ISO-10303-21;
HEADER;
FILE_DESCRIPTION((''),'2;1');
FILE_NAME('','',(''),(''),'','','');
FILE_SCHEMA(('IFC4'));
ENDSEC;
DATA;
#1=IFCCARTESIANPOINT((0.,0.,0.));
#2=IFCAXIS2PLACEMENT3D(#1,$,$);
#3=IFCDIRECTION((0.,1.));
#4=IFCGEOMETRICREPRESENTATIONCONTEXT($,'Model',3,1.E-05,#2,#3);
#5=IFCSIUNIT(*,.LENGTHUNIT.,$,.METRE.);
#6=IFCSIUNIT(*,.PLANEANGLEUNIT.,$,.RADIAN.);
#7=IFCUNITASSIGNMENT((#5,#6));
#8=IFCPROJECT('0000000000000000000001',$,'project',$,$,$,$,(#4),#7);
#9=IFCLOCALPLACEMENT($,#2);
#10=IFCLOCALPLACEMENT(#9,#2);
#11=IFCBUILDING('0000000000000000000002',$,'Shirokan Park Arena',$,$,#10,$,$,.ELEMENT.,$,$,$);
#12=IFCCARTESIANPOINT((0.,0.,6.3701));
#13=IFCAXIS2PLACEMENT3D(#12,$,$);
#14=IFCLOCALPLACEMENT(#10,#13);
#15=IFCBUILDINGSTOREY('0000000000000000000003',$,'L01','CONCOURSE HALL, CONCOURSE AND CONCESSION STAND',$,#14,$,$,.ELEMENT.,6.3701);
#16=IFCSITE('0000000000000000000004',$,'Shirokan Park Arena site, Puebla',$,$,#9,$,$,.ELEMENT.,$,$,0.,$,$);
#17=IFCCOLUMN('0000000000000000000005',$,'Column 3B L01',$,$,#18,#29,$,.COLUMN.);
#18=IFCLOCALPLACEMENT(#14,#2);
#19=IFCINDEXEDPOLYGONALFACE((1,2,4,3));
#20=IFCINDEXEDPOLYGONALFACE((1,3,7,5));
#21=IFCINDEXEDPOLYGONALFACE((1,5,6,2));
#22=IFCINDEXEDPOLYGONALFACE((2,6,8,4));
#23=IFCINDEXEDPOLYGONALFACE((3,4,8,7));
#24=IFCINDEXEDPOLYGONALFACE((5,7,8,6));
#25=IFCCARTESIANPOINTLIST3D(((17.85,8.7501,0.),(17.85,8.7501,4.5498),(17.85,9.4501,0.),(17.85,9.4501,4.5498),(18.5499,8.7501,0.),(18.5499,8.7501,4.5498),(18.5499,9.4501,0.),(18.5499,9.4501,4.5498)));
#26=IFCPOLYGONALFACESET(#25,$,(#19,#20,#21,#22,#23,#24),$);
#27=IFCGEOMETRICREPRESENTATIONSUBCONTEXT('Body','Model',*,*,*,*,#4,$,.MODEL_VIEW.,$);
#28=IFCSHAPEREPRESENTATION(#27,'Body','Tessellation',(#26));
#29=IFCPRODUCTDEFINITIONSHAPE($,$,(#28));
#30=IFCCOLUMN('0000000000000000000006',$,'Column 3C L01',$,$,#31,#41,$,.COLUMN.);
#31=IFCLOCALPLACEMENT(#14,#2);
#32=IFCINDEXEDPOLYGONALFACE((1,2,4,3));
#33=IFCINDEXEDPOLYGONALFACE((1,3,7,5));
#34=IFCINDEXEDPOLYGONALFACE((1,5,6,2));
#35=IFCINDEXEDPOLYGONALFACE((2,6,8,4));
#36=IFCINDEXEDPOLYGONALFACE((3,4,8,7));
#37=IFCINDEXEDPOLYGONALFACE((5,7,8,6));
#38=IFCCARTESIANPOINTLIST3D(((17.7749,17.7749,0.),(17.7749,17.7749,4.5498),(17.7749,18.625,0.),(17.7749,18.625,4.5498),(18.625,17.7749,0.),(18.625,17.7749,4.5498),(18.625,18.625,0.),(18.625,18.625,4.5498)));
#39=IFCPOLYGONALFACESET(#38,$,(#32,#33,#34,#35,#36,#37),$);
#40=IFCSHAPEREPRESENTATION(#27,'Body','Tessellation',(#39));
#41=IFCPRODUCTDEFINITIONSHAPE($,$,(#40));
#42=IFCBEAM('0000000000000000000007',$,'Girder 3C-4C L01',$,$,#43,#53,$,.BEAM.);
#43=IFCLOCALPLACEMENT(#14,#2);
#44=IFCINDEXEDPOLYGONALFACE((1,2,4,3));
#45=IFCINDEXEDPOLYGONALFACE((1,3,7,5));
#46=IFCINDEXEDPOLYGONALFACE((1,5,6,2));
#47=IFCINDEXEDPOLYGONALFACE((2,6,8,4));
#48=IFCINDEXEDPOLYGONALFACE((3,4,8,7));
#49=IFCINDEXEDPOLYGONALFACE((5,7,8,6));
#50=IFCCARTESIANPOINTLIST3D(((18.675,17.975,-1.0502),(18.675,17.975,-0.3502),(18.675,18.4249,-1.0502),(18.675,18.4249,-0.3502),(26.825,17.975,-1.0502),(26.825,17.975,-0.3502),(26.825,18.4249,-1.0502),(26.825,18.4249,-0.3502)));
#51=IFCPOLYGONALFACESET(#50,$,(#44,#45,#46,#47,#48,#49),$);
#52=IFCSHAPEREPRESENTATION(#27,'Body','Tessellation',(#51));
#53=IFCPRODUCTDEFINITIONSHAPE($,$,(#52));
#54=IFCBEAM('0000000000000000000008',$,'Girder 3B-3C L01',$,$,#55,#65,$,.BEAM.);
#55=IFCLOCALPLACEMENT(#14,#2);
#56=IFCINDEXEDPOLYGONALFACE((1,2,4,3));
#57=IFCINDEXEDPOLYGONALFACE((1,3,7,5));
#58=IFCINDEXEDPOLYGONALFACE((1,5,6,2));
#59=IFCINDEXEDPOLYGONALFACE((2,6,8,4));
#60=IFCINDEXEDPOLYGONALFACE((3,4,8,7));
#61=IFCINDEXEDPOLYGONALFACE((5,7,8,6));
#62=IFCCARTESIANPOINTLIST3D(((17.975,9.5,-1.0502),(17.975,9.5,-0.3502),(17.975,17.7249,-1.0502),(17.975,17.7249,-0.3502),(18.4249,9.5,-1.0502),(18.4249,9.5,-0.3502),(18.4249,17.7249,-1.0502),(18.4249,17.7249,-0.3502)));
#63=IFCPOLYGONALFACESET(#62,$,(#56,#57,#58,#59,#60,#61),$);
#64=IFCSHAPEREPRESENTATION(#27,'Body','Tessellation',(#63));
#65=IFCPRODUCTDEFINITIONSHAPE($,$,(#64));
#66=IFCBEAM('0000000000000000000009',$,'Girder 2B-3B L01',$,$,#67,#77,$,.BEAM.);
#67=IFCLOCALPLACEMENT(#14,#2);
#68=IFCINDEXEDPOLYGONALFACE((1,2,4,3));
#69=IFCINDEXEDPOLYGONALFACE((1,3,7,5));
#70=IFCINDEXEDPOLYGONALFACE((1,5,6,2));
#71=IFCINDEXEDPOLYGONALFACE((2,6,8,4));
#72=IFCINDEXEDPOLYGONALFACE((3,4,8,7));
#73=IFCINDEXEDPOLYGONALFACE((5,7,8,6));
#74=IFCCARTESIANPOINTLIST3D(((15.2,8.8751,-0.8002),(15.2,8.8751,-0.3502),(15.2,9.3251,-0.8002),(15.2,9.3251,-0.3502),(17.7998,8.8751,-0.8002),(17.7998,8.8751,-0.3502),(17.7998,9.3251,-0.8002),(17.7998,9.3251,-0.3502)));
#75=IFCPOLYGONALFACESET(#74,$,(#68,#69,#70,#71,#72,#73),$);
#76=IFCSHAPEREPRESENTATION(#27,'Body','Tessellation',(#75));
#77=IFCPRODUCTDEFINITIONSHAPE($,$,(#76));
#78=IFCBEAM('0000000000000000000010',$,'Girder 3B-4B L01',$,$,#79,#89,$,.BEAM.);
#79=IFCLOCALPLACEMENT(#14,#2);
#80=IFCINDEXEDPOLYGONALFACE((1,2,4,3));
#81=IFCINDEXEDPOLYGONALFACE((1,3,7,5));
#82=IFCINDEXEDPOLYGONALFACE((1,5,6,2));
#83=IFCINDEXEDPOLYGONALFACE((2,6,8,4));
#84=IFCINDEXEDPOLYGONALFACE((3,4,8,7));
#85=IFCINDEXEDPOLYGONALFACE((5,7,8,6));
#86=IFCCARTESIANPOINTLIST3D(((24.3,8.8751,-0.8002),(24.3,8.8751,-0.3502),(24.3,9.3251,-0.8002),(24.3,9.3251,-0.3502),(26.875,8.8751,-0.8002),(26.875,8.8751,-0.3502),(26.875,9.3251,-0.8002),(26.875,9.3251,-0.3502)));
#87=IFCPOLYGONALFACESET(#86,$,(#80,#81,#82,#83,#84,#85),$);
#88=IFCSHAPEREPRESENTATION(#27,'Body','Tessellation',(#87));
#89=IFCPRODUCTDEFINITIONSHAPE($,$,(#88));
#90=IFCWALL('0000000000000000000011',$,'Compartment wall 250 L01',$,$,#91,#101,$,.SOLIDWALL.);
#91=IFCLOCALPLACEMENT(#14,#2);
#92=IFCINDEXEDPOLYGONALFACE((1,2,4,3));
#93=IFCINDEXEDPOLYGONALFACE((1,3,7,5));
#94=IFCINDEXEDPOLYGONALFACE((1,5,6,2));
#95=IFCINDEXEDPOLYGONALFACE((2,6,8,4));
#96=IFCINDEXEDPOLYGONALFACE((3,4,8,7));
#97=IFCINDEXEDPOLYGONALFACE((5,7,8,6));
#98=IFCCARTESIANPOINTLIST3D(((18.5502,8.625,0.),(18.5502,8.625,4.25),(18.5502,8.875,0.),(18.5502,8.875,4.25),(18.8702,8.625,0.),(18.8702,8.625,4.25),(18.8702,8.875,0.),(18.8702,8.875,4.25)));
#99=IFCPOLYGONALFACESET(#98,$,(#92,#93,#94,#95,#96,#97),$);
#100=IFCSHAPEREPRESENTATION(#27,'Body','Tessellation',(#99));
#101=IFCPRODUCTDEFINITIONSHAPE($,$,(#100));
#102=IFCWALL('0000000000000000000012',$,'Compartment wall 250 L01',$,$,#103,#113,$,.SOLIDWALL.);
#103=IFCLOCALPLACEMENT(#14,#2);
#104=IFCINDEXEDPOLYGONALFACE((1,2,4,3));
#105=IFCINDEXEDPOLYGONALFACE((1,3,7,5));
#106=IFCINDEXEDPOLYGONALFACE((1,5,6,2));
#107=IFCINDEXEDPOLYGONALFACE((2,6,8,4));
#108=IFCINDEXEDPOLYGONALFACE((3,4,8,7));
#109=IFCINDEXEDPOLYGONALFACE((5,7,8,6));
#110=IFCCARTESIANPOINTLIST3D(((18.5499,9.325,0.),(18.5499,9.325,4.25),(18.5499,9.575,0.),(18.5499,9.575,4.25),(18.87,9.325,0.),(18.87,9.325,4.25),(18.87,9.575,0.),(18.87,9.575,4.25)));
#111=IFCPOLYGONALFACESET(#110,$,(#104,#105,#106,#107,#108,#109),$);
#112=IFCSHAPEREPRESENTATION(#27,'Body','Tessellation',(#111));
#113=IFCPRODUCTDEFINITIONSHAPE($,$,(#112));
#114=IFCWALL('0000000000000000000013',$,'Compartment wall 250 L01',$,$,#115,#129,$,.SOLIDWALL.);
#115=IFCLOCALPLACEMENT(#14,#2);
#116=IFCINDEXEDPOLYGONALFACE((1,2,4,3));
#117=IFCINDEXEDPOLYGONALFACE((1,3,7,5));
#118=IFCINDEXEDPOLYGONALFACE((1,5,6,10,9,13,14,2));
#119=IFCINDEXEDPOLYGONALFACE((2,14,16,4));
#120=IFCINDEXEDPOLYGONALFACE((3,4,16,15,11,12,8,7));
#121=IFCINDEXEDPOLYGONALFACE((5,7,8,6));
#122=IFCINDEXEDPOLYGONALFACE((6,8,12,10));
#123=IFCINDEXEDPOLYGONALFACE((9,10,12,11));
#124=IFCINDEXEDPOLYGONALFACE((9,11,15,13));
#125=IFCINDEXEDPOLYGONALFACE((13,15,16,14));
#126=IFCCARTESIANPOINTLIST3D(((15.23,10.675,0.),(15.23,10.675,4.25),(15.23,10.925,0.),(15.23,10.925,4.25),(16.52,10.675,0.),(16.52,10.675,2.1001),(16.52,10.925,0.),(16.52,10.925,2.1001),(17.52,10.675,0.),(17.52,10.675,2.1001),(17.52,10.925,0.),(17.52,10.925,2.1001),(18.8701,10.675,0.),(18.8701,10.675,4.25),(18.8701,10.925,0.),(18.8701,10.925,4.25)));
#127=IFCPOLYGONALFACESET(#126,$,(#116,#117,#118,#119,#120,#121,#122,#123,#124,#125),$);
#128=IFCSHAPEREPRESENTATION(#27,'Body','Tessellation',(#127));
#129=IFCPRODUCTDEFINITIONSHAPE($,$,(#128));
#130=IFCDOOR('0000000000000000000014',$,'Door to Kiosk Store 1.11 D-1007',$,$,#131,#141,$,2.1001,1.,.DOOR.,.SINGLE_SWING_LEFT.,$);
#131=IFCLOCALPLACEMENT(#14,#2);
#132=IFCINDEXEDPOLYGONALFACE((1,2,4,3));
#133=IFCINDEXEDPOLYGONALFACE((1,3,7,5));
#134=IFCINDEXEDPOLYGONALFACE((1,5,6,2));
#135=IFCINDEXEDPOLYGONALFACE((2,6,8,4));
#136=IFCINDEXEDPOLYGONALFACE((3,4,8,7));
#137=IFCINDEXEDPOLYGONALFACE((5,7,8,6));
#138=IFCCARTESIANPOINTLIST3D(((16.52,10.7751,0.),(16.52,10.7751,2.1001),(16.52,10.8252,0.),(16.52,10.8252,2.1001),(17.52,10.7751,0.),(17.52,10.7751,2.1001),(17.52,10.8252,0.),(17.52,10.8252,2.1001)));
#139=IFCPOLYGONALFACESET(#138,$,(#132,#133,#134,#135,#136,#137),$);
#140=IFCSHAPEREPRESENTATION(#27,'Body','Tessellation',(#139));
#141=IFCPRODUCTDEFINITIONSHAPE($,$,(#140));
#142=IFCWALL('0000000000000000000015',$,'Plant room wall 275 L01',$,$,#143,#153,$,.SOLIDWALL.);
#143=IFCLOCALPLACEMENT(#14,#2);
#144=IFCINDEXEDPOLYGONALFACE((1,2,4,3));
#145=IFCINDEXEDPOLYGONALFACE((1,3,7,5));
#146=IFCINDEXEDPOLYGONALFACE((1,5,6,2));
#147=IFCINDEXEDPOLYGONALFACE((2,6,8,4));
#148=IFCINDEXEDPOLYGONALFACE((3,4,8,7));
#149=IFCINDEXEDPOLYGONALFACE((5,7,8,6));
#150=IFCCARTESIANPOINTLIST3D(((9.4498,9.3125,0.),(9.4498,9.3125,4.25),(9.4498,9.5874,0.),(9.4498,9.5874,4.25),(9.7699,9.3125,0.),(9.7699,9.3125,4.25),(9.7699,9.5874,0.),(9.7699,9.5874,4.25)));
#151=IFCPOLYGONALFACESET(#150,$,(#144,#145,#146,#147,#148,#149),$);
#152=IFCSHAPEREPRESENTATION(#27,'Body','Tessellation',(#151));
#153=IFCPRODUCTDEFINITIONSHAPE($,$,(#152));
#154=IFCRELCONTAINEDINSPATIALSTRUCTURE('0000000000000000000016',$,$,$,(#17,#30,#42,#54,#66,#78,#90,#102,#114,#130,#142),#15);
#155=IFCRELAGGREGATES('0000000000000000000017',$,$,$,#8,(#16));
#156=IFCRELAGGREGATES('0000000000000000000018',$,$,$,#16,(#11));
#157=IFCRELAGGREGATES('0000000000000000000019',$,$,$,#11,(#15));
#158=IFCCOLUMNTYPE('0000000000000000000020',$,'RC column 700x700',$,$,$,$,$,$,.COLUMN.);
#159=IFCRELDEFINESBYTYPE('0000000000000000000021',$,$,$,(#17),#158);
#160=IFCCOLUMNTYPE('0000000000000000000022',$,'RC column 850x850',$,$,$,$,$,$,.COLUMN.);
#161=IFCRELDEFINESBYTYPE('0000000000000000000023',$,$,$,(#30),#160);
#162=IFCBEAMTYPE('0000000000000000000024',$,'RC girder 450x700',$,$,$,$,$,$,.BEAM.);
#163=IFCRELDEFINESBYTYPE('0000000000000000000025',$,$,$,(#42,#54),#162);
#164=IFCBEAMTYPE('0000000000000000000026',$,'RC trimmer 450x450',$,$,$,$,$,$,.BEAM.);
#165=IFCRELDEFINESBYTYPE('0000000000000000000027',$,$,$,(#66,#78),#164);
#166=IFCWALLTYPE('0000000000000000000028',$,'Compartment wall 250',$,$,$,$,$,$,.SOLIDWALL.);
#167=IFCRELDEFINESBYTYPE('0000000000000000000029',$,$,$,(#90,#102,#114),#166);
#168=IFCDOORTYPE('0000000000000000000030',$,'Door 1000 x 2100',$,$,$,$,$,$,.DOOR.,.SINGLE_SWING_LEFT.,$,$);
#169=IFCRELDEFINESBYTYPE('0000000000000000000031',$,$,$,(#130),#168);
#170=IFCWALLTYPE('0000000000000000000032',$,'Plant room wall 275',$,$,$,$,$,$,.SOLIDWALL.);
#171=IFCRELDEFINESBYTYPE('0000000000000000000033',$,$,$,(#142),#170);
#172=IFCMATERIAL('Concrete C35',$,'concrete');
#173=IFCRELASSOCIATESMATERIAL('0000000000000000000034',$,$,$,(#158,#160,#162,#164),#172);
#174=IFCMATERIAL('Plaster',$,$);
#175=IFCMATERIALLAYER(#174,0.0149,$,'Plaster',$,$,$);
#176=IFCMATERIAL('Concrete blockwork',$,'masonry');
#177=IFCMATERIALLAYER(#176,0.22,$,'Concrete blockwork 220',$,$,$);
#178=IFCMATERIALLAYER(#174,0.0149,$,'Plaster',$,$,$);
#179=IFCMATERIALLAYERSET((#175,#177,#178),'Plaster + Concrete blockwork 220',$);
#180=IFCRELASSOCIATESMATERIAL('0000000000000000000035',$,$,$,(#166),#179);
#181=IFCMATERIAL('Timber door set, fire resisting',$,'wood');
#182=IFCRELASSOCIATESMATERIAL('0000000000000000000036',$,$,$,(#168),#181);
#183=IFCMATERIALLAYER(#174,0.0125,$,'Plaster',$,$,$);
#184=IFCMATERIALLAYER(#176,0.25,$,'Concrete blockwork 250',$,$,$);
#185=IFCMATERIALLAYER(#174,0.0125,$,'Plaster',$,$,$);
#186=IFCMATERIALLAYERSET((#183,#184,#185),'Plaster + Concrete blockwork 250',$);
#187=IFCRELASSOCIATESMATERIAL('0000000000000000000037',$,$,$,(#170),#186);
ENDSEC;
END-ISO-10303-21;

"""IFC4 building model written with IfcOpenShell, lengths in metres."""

from ifc_helpers import new_model, si_unit, direction, frame, frame_2d, origin, origin_2d, place, context, subcontext, project, spatial, rectangle, extrude, material, layer, layer_set, material_profile, profile_set, type_object, element, fill, save


model = new_model("IFC4")

# Units and contexts
model_context = context("Model", 3, precision=1e-05, world=origin(), true_north=direction((0.0, 1.0)))
body_context = subcontext(model_context, "Body", "Model", "MODEL_VIEW")
ifc_project = project(units=[si_unit("LENGTHUNIT", "METRE"), si_unit("PLANEANGLEUNIT", "RADIAN")], contexts=[model_context])

# Site, building, storey
site_placement = place(None, origin())
site = spatial("IfcSite", under=ifc_project, at=site_placement, Name="Shirokan Park Arena site, Puebla", CompositionType="ELEMENT", RefElevation=0.0)
building_placement = place(site_placement, origin())
building = spatial("IfcBuilding", under=site, at=building_placement, Name="Shirokan Park Arena", CompositionType="ELEMENT")
storey_placement = place(building_placement, frame((0.0, 0.0, 6.3701)))
storey = spatial("IfcBuildingStorey", under=building, at=storey_placement, Name="L01", Description="CONCOURSE HALL, CONCOURSE AND CONCESSION STAND", CompositionType="ELEMENT", Elevation=6.3701)

# Columns
ifc_material_1 = material(Name="Concrete C35", Category="concrete")
ifc_material_profile_1 = material_profile(ifc_material_1, rectangle(XDim=0.7, YDim=0.7, at=origin_2d()), Name="700x700")
ifc_profile_set_1 = profile_set([ifc_material_profile_1], Name="Concrete C35")
column_type_1 = type_object("IfcColumnType", Name="RC column 700x700", PredefinedType="COLUMN", material=ifc_profile_set_1)
column_1_placement = place(storey_placement, frame((18.2, 9.1001, 0.0), z_axis=(0.0, 0.0, 1.0), x_axis=(1.0, 0.0, 0.0)))
element("IfcColumn", 1, at=column_1_placement, inside=storey, type_object=column_type_1, Name="Column 3B L01", PredefinedType="COLUMN", context=body_context, shape_type="SweptSolid", body=[
    extrude(rectangle(XDim=0.7, YDim=0.7, at=origin_2d()), origin(), (0.0, 0.0, 1.0), 4.5498),
])
ifc_material_profile_2 = material_profile(ifc_material_1, rectangle(XDim=0.8501, YDim=0.8501, at=origin_2d()), Name="850x850")
ifc_profile_set_2 = profile_set([ifc_material_profile_2], Name="Concrete C35")
column_type_2 = type_object("IfcColumnType", Name="RC column 850x850", PredefinedType="COLUMN", material=ifc_profile_set_2)
column_2_placement = place(storey_placement, frame((18.2, 18.2, 0.0), z_axis=(0.0, 0.0, 1.0), x_axis=(1.0, 0.0, 0.0)))
element("IfcColumn", 2, at=column_2_placement, inside=storey, type_object=column_type_2, Name="Column 3C L01", PredefinedType="COLUMN", context=body_context, shape_type="SweptSolid", body=[
    extrude(rectangle(XDim=0.8501, YDim=0.8501, at=origin_2d()), origin(), (0.0, 0.0, 1.0), 4.5498),
])

# Beams
ifc_material_profile_3 = material_profile(ifc_material_1, rectangle(XDim=0.45, YDim=0.7, at=origin_2d()), Name="450x700")
ifc_profile_set_3 = profile_set([ifc_material_profile_3], Name="Concrete C35")
beam_type_1 = type_object("IfcBeamType", Name="RC girder 450x700", PredefinedType="BEAM", material=ifc_profile_set_3)
beam_1_placement = place(storey_placement, frame((18.675, 18.2, -0.7002), z_axis=(1.0, 0.0, 0.0), x_axis=(0.0, 1.0, 0.0)))
element("IfcBeam", 3, at=beam_1_placement, inside=storey, type_object=beam_type_1, Name="Girder 3C-4C L01", PredefinedType="BEAM", context=body_context, shape_type="SweptSolid", body=[
    extrude(rectangle(XDim=0.45, YDim=0.7, at=origin_2d()), origin(), (0.0, 0.0, 1.0), 8.1499),
])
beam_2_placement = place(storey_placement, frame((18.2, 9.5, -0.7002), z_axis=(0.0, 1.0, 0.0), x_axis=(-1.0, 0.0, 0.0)))
element("IfcBeam", 4, at=beam_2_placement, inside=storey, type_object=beam_type_1, Name="Girder 3B-3C L01", PredefinedType="BEAM", context=body_context, shape_type="SweptSolid", body=[
    extrude(rectangle(XDim=0.45, YDim=0.7, at=origin_2d()), origin(), (0.0, 0.0, 1.0), 8.2249),
])
ifc_material_profile_4 = material_profile(ifc_material_1, rectangle(XDim=0.45, YDim=0.45, at=origin_2d()), Name="450x450")
ifc_profile_set_4 = profile_set([ifc_material_profile_4], Name="Concrete C35")
beam_type_2 = type_object("IfcBeamType", Name="RC trimmer 450x450", PredefinedType="BEAM", material=ifc_profile_set_4)
beam_3_placement = place(storey_placement, frame((15.2, 9.1001, -0.5752), z_axis=(1.0, 0.0, 0.0), x_axis=(0.0, 1.0, 0.0)))
element("IfcBeam", 5, at=beam_3_placement, inside=storey, type_object=beam_type_2, Name="Girder 2B-3B L01", PredefinedType="BEAM", context=body_context, shape_type="SweptSolid", body=[
    extrude(rectangle(XDim=0.45, YDim=0.45, at=origin_2d()), origin(), (0.0, 0.0, 1.0), 2.5999),
])
beam_4_placement = place(storey_placement, frame((24.3, 9.1001, -0.5752), z_axis=(1.0, 0.0, 0.0), x_axis=(0.0, 1.0, 0.0)))
element("IfcBeam", 6, at=beam_4_placement, inside=storey, type_object=beam_type_2, Name="Girder 3B-4B L01", PredefinedType="BEAM", context=body_context, shape_type="SweptSolid", body=[
    extrude(rectangle(XDim=0.45, YDim=0.45, at=origin_2d()), origin(), (0.0, 0.0, 1.0), 2.575),
])

# Walls
ifc_material_2 = material(Name="Plaster")
ifc_layer_1 = layer(ifc_material_2, 0.0149, Name="Plaster")
ifc_material_3 = material(Name="Concrete blockwork", Category="masonry")
ifc_layer_2 = layer(ifc_material_3, 0.22, Name="Concrete blockwork 220")
ifc_layer_3 = layer(ifc_material_2, 0.0149, Name="Plaster")
ifc_layer_set_1 = layer_set([ifc_layer_1, ifc_layer_2, ifc_layer_3], Name="Plaster + Concrete blockwork 220")
wall_type_1 = type_object("IfcWallType", Name="Compartment wall 250", PredefinedType="SOLIDWALL", material=ifc_layer_set_1)
for number, where, z_axis, x_axis, name in (
    (7, (18.55, 8.75, 0.0), (0.0, 0.0, 1.0), (1.0, 0.0, 0.0), "Compartment wall 250 L01"),
    (8, (18.8701, 9.45, 0.0), (0.0, 0.0, 1.0), (-1.0, 0.0, 0.0), "Compartment wall 250 L01"),
):
    element("IfcWall", number, at=place(storey_placement, frame(where, z_axis=z_axis, x_axis=x_axis)), inside=storey, type_object=wall_type_1, Name=name, PredefinedType="SOLIDWALL", context=body_context, shape_type="SweptSolid", body=[
        extrude(rectangle(XDim=0.3201, YDim=0.25, at=frame_2d((0.1602, 0.0))), origin(), (0.0, 0.0, 1.0), 4.25),
    ])

# Wall, opening, door
wall_1_placement = place(storey_placement, frame((18.8701, 10.8, 0.0), z_axis=(0.0, 0.0, 1.0), x_axis=(-1.0, 0.0, 0.0)))
wall_1 = element("IfcWall", 9, at=wall_1_placement, inside=storey, type_object=wall_type_1, Name="Compartment wall 250 L01", PredefinedType="SOLIDWALL", context=body_context, shape_type="SweptSolid", body=[
    extrude(rectangle(XDim=3.6401, YDim=0.25, at=frame_2d((1.8201, 0.0))), origin(), (0.0, 0.0, 1.0), 4.25),
])
opening_1_placement = place(wall_1_placement, frame((1.3501, 0.0, 0.0)))
opening_1 = element("IfcOpeningElement", 10, at=opening_1_placement, cuts=wall_1, PredefinedType="OPENING", context=body_context, shape_type="SweptSolid", body=[
    extrude(rectangle(XDim=1.0, YDim=2.1001, at=frame_2d((0.5, 1.05))), frame((0.0, 0.135, 0.0), z_axis=(0.0, -1.0, 0.0), x_axis=(1.0, 0.0, 0.0)), (0.0, 0.0, 1.0), 0.27),
])
ifc_material_4 = material(Name="Timber door set, fire resisting", Category="wood")
door_type_1 = type_object("IfcDoorType", Name="Door 1000 x 2100", OperationType="SINGLE_SWING_LEFT", PredefinedType="DOOR", material=ifc_material_4)
door_1_placement = place(opening_1_placement, origin())
door_1 = element("IfcDoor", 11, at=door_1_placement, inside=storey, type_object=door_type_1, Name="Door to Kiosk Store 1.11 D-1007", OperationType="SINGLE_SWING_LEFT", OverallHeight=2.1001, OverallWidth=1.0, PredefinedType="DOOR", context=body_context, shape_type="SweptSolid", body=[
    extrude(rectangle(XDim=1.0, YDim=2.1001, at=frame_2d((0.5, 1.05))), frame((0.0, 0.0249, 0.0), z_axis=(0.0, -1.0, 0.0), x_axis=(1.0, 0.0, 0.0)), (0.0, 0.0, 1.0), 0.05),
])
fill(opening_1, door_1)

# Wall
ifc_layer_4 = layer(ifc_material_2, 0.0125, Name="Plaster")
ifc_layer_5 = layer(ifc_material_3, 0.25, Name="Concrete blockwork 250")
ifc_layer_6 = layer(ifc_material_2, 0.0125, Name="Plaster")
ifc_layer_set_2 = layer_set([ifc_layer_4, ifc_layer_5, ifc_layer_6], Name="Plaster + Concrete blockwork 250")
wall_type_2 = type_object("IfcWallType", Name="Plant room wall 275", PredefinedType="SOLIDWALL", material=ifc_layer_set_2)
wall_2_placement = place(storey_placement, frame((9.77, 9.45, 0.0), z_axis=(0.0, 0.0, 1.0), x_axis=(-1.0, 0.0, 0.0)))
element("IfcWall", 12, at=wall_2_placement, inside=storey, type_object=wall_type_2, Name="Plant room wall 275 L01", PredefinedType="SOLIDWALL", context=body_context, shape_type="SweptSolid", body=[
    extrude(rectangle(XDim=0.3201, YDim=0.2749, at=frame_2d((0.1602, 0.0))), origin(), (0.0, 0.0, 1.0), 4.25),
])

save(model, "model.ifc")
